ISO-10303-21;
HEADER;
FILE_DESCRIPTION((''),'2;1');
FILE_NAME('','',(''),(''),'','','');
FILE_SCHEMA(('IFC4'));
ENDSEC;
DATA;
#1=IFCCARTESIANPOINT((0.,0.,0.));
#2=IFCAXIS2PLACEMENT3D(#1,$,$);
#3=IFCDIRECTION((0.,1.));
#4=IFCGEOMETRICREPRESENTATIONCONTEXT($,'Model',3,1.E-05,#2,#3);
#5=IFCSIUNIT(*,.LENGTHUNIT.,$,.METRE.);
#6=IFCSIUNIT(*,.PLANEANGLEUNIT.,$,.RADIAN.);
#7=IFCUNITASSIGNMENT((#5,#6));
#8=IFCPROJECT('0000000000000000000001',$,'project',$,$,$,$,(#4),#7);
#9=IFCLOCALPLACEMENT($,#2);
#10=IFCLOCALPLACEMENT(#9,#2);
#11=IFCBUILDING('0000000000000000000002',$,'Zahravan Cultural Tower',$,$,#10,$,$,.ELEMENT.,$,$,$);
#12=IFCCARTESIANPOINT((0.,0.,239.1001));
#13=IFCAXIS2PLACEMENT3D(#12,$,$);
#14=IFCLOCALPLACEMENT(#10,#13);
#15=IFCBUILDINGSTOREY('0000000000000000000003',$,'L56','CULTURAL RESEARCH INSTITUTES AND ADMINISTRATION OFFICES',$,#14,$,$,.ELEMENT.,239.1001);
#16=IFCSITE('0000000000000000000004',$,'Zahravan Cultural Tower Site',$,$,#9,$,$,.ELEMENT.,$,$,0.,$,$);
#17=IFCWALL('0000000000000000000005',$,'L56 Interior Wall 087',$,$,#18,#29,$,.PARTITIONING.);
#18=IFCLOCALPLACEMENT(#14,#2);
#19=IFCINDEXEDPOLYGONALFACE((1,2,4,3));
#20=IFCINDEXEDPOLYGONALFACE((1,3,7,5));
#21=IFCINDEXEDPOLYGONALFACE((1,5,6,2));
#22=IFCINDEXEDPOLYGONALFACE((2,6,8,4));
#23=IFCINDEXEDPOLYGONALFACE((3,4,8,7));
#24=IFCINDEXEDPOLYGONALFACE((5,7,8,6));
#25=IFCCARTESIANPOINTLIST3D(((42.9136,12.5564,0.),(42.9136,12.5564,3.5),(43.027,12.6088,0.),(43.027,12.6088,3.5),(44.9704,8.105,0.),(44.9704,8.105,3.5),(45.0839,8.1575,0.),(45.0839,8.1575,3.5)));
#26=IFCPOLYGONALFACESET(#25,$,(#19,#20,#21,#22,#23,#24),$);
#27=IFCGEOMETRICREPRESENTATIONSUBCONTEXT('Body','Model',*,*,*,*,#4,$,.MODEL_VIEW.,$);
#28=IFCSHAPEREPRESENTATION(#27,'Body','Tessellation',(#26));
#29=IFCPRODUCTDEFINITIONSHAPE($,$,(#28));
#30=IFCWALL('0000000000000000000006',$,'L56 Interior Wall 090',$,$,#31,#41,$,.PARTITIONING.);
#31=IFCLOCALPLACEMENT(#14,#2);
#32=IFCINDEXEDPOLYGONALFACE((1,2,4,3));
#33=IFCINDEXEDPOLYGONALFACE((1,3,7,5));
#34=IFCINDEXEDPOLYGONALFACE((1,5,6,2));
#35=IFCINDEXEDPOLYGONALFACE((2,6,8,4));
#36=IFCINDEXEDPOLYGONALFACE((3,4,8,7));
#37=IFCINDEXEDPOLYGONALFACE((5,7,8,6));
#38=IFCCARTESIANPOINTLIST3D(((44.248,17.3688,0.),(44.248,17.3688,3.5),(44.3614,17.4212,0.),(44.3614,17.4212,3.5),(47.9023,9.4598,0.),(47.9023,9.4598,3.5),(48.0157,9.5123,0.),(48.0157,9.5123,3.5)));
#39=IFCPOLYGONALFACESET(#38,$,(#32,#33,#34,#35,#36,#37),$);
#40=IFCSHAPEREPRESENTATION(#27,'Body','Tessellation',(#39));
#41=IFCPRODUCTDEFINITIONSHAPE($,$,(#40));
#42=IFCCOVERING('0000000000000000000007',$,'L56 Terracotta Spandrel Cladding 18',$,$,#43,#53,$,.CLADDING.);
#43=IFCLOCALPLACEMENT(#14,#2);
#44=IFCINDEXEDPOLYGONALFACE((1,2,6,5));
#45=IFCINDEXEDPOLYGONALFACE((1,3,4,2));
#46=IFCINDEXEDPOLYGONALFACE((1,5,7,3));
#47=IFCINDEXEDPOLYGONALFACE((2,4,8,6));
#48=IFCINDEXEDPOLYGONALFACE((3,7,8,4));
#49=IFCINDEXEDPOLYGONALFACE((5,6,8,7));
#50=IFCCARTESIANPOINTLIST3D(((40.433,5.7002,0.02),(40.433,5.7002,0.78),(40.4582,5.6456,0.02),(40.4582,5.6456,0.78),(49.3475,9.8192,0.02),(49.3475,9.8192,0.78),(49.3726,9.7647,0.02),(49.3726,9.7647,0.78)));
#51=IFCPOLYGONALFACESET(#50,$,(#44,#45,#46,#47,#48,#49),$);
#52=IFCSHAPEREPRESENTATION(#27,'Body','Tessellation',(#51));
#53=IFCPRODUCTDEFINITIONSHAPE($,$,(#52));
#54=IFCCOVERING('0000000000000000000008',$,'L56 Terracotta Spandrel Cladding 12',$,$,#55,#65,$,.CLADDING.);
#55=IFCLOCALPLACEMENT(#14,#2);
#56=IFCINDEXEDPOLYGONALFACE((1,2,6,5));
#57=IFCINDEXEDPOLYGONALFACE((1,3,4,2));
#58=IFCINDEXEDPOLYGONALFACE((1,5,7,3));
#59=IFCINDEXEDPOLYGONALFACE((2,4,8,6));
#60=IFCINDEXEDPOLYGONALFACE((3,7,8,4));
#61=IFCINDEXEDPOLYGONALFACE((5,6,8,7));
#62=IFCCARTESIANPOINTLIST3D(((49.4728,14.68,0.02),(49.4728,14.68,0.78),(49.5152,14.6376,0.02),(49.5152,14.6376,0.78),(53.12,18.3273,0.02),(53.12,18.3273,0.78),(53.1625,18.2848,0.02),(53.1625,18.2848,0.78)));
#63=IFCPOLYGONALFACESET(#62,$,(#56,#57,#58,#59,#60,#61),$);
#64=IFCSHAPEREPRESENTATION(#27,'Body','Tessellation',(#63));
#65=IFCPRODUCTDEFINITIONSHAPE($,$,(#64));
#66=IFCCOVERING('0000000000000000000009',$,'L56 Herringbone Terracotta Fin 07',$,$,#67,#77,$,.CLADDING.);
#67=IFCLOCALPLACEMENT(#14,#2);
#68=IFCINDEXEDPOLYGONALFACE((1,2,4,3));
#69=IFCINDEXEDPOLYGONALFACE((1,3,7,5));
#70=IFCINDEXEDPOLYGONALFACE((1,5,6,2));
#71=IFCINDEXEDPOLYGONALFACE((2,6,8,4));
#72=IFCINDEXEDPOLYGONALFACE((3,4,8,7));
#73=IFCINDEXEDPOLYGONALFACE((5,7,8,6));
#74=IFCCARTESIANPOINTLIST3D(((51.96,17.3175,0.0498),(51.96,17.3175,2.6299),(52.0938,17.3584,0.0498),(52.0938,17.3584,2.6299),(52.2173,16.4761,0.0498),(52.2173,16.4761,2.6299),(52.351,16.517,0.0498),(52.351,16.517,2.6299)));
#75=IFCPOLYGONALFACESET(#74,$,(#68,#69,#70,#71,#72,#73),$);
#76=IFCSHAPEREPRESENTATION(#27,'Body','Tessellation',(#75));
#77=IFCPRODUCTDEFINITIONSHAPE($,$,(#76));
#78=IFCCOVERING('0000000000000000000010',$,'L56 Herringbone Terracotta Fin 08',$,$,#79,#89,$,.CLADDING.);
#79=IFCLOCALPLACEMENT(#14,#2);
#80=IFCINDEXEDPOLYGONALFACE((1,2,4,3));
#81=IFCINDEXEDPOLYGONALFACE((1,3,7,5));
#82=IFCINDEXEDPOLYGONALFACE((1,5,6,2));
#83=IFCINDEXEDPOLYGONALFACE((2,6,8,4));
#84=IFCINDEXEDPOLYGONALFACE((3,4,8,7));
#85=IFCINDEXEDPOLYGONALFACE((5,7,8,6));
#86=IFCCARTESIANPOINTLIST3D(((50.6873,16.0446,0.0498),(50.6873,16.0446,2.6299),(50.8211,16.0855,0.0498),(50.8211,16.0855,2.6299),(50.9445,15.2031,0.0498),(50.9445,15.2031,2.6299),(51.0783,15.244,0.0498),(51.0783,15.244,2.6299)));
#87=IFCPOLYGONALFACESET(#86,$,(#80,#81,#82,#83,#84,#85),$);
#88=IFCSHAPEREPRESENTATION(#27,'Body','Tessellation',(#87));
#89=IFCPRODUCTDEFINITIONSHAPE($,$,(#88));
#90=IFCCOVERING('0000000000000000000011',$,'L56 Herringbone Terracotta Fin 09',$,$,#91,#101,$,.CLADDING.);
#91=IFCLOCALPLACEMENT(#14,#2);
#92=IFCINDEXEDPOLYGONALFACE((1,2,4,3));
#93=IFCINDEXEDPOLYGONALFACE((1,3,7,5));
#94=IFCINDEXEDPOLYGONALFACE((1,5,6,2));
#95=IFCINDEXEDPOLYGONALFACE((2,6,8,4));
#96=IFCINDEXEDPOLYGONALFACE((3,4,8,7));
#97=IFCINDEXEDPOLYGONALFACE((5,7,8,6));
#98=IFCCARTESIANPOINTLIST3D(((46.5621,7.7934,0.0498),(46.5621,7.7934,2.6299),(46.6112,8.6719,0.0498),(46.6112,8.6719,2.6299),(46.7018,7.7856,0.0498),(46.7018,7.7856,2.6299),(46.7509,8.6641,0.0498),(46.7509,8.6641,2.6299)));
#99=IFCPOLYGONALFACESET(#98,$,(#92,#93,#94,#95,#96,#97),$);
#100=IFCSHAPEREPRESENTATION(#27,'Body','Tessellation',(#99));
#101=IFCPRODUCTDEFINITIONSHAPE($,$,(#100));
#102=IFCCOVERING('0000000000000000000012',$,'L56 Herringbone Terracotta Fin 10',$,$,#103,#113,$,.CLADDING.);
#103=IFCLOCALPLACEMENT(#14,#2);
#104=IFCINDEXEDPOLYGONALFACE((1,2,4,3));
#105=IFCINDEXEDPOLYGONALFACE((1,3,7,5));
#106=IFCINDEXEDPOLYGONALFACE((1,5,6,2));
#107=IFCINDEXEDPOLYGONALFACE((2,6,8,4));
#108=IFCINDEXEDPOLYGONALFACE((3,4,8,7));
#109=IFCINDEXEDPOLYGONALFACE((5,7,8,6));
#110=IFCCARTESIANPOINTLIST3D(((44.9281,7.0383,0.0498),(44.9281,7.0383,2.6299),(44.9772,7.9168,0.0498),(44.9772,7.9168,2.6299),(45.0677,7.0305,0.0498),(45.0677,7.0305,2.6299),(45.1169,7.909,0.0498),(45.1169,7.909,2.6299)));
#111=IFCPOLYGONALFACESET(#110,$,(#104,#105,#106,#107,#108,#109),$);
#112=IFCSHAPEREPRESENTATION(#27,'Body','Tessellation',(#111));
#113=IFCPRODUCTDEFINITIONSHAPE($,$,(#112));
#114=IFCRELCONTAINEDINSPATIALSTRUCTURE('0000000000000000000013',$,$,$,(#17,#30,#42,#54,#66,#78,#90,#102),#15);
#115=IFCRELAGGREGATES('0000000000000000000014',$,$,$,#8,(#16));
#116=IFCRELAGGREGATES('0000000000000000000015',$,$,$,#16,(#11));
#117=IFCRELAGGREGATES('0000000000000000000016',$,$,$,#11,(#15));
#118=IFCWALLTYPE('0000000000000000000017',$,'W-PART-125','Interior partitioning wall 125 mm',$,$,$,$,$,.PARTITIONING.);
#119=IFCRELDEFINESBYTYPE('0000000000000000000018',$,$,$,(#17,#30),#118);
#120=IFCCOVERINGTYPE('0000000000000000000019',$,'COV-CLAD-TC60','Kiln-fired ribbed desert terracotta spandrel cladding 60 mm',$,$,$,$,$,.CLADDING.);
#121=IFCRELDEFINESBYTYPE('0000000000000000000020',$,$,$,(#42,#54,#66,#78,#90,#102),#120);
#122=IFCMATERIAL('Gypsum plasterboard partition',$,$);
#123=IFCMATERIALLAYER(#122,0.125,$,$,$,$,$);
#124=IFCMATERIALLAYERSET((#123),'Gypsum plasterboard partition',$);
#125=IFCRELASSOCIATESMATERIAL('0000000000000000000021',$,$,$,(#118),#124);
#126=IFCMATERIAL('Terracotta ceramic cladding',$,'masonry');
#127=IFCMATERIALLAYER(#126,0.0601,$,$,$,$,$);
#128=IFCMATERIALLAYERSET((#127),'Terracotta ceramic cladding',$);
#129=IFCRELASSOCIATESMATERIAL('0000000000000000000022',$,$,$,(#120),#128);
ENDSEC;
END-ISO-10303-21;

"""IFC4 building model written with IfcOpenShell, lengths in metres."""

from ifc_helpers import new_model, si_unit, direction, frame, frame_2d, origin, origin_2d, place, context, subcontext, project, spatial, rectangle, extrude, source, transform, mapped, material, layer, layer_set, type_object, element, save


model = new_model("IFC4")

# Units and contexts
model_context = context("Model", 3, precision=1e-05, world=origin(), true_north=direction((0.0, 1.0)))
body_context = subcontext(model_context, "Body", "Model", "MODEL_VIEW")
ifc_project = project(units=[si_unit("LENGTHUNIT", "METRE"), si_unit("PLANEANGLEUNIT", "RADIAN")], contexts=[model_context])

# Site, building, storey
site_placement = place(None, origin())
site = spatial("IfcSite", under=ifc_project, at=site_placement, Name="Zahravan Cultural Tower Site", CompositionType="ELEMENT", RefElevation=0.0)
building_placement = place(site_placement, origin())
building = spatial("IfcBuilding", under=site, at=building_placement, Name="Zahravan Cultural Tower", CompositionType="ELEMENT")
storey_placement = place(building_placement, frame((0.0, 0.0, 239.1001)))
storey = spatial("IfcBuildingStorey", under=building, at=storey_placement, Name="L56", Description="CULTURAL RESEARCH INSTITUTES AND ADMINISTRATION OFFICES", CompositionType="ELEMENT", Elevation=239.1001)

# Walls
ifc_material_1 = material(Name="Gypsum plasterboard partition")
ifc_layer_1 = layer(ifc_material_1, 0.125)
ifc_layer_set_1 = layer_set([ifc_layer_1], Name="Gypsum plasterboard partition")
wall_type_1 = type_object("IfcWallType", Name="W-PART-125", Description="Interior partitioning wall 125 mm", PredefinedType="PARTITIONING", material=ifc_layer_set_1)
shared_shape_1 = source(origin(), body_context, "Body", "SweptSolid", [
    extrude(rectangle(XDim=4.9036, YDim=0.125, at=frame_2d((2.4517, 0.0))), origin(), (0.0, 0.0, 1.0), 3.5),
])
wall_1_placement = place(storey_placement, frame((45.0271, 8.1313, 0.0), z_axis=(0.0, 0.0, 1.0), x_axis=(-0.419459, 0.907774, 0.0)))
element("IfcWall", 1, at=wall_1_placement, inside=storey, type_object=wall_type_1, Name="L56 Interior Wall 087", PredefinedType="PARTITIONING", context=body_context, shape_type="MappedRepresentation", body=[
    mapped(shared_shape_1, transform((0.0, 0.0, 0.0), x_axis=(1.0, 0.0, 0.0), y_axis=(0.0, 1.0, 0.0), z_axis=(0.0, 0.0, 1.0), scale=1.0)),
])
shared_shape_2 = source(origin(), body_context, "Body", "SweptSolid", [
    extrude(rectangle(XDim=8.7124, YDim=0.125, at=frame_2d((4.3562, 0.0))), origin(), (0.0, 0.0, 1.0), 3.5),
])
wall_2_placement = place(storey_placement, frame((44.3047, 17.395, 0.0), z_axis=(0.0, 0.0, 1.0), x_axis=(0.419438, -0.907784, 0.0)))
element("IfcWall", 2, at=wall_2_placement, inside=storey, type_object=wall_type_1, Name="L56 Interior Wall 090", PredefinedType="PARTITIONING", context=body_context, shape_type="MappedRepresentation", body=[
    mapped(shared_shape_2, transform((0.0, 0.0, 0.0), x_axis=(1.0, 0.0, 0.0), y_axis=(0.0, 1.0, 0.0), z_axis=(0.0, 0.0, 1.0), scale=1.0)),
])

# Coverings
ifc_material_2 = material(Name="Terracotta ceramic cladding", Category="masonry")
ifc_layer_2 = layer(ifc_material_2, 0.0601)
ifc_layer_set_2 = layer_set([ifc_layer_2], Name="Terracotta ceramic cladding")
covering_type = type_object("IfcCoveringType", Name="COV-CLAD-TC60", Description="Kiln-fired ribbed desert terracotta spandrel cladding 60 mm", PredefinedType="CLADDING", material=ifc_layer_set_2)
shared_shape_3 = source(origin(), body_context, "Body", "SweptSolid", [
    extrude(rectangle(XDim=9.8201, YDim=0.0601, at=origin_2d()), origin(), (0.0, 0.0, 1.0), 0.76),
])
covering_1_placement = place(storey_placement, frame((44.9028, 7.7324, 0.02), z_axis=(0.0, 0.0, 1.0), x_axis=(-0.907777, -0.419452, 0.0)))
element("IfcCovering", 3, at=covering_1_placement, inside=storey, type_object=covering_type, Name="L56 Terracotta Spandrel Cladding 18", PredefinedType="CLADDING", context=body_context, shape_type="MappedRepresentation", body=[
    mapped(shared_shape_3, transform((0.0, 0.0, 0.0), x_axis=(1.0, 0.0, 0.0), y_axis=(0.0, 1.0, 0.0), z_axis=(0.0, 0.0, 1.0), scale=1.0)),
])
shared_shape_4 = source(origin(), body_context, "Body", "SweptSolid", [
    extrude(rectangle(XDim=5.158, YDim=0.0601, at=origin_2d()), origin(), (0.0, 0.0, 1.0), 0.76),
])
covering_2_placement = place(storey_placement, frame((51.3176, 16.4824, 0.02), z_axis=(0.0, 0.0, 1.0), x_axis=(-0.707107, -0.707107, 0.0)))
element("IfcCovering", 4, at=covering_2_placement, inside=storey, type_object=covering_type, Name="L56 Terracotta Spandrel Cladding 12", PredefinedType="CLADDING", context=body_context, shape_type="MappedRepresentation", body=[
    mapped(shared_shape_4, transform((0.0, 0.0, 0.0), x_axis=(1.0, 0.0, 0.0), y_axis=(0.0, 1.0, 0.0), z_axis=(0.0, 0.0, 1.0), scale=1.0)),
])
shared_shape_5 = source(origin(), body_context, "Body", "SweptSolid", [
    extrude(rectangle(XDim=0.8799, YDim=0.1399, at=origin_2d()), origin(), (0.0, 0.0, 1.0), 2.5801),
])
for number, where, z_axis, x_axis, name in (
    (5, (52.1555, 16.9172, 0.0498), (0.0, 0.0, 1.0), (0.292372, -0.956305, 0.0), "L56 Herringbone Terracotta Fin 07"),
    (6, (50.8828, 15.6443, 0.0498), (0.0, 0.0, 1.0), (0.292372, -0.956305, 0.0), "L56 Herringbone Terracotta Fin 08"),
    (7, (46.6565, 8.2288, 0.0498), (0.0, 0.0, 1.0), (-0.055822, -0.998441, 0.0), "L56 Herringbone Terracotta Fin 09"),
    (8, (45.0225, 7.4736, 0.0498), (0.0, 0.0, 1.0), (-0.055822, -0.998441, 0.0), "L56 Herringbone Terracotta Fin 10"),
):
    element("IfcCovering", number, at=place(storey_placement, frame(where, z_axis=z_axis, x_axis=x_axis)), inside=storey, type_object=covering_type, Name=name, PredefinedType="CLADDING", context=body_context, shape_type="MappedRepresentation", body=[
        mapped(shared_shape_5, transform((0.0, 0.0, 0.0), x_axis=(1.0, 0.0, 0.0), y_axis=(0.0, 1.0, 0.0), z_axis=(0.0, 0.0, 1.0), scale=1.0)),
    ])

save(model, "model.ifc")
